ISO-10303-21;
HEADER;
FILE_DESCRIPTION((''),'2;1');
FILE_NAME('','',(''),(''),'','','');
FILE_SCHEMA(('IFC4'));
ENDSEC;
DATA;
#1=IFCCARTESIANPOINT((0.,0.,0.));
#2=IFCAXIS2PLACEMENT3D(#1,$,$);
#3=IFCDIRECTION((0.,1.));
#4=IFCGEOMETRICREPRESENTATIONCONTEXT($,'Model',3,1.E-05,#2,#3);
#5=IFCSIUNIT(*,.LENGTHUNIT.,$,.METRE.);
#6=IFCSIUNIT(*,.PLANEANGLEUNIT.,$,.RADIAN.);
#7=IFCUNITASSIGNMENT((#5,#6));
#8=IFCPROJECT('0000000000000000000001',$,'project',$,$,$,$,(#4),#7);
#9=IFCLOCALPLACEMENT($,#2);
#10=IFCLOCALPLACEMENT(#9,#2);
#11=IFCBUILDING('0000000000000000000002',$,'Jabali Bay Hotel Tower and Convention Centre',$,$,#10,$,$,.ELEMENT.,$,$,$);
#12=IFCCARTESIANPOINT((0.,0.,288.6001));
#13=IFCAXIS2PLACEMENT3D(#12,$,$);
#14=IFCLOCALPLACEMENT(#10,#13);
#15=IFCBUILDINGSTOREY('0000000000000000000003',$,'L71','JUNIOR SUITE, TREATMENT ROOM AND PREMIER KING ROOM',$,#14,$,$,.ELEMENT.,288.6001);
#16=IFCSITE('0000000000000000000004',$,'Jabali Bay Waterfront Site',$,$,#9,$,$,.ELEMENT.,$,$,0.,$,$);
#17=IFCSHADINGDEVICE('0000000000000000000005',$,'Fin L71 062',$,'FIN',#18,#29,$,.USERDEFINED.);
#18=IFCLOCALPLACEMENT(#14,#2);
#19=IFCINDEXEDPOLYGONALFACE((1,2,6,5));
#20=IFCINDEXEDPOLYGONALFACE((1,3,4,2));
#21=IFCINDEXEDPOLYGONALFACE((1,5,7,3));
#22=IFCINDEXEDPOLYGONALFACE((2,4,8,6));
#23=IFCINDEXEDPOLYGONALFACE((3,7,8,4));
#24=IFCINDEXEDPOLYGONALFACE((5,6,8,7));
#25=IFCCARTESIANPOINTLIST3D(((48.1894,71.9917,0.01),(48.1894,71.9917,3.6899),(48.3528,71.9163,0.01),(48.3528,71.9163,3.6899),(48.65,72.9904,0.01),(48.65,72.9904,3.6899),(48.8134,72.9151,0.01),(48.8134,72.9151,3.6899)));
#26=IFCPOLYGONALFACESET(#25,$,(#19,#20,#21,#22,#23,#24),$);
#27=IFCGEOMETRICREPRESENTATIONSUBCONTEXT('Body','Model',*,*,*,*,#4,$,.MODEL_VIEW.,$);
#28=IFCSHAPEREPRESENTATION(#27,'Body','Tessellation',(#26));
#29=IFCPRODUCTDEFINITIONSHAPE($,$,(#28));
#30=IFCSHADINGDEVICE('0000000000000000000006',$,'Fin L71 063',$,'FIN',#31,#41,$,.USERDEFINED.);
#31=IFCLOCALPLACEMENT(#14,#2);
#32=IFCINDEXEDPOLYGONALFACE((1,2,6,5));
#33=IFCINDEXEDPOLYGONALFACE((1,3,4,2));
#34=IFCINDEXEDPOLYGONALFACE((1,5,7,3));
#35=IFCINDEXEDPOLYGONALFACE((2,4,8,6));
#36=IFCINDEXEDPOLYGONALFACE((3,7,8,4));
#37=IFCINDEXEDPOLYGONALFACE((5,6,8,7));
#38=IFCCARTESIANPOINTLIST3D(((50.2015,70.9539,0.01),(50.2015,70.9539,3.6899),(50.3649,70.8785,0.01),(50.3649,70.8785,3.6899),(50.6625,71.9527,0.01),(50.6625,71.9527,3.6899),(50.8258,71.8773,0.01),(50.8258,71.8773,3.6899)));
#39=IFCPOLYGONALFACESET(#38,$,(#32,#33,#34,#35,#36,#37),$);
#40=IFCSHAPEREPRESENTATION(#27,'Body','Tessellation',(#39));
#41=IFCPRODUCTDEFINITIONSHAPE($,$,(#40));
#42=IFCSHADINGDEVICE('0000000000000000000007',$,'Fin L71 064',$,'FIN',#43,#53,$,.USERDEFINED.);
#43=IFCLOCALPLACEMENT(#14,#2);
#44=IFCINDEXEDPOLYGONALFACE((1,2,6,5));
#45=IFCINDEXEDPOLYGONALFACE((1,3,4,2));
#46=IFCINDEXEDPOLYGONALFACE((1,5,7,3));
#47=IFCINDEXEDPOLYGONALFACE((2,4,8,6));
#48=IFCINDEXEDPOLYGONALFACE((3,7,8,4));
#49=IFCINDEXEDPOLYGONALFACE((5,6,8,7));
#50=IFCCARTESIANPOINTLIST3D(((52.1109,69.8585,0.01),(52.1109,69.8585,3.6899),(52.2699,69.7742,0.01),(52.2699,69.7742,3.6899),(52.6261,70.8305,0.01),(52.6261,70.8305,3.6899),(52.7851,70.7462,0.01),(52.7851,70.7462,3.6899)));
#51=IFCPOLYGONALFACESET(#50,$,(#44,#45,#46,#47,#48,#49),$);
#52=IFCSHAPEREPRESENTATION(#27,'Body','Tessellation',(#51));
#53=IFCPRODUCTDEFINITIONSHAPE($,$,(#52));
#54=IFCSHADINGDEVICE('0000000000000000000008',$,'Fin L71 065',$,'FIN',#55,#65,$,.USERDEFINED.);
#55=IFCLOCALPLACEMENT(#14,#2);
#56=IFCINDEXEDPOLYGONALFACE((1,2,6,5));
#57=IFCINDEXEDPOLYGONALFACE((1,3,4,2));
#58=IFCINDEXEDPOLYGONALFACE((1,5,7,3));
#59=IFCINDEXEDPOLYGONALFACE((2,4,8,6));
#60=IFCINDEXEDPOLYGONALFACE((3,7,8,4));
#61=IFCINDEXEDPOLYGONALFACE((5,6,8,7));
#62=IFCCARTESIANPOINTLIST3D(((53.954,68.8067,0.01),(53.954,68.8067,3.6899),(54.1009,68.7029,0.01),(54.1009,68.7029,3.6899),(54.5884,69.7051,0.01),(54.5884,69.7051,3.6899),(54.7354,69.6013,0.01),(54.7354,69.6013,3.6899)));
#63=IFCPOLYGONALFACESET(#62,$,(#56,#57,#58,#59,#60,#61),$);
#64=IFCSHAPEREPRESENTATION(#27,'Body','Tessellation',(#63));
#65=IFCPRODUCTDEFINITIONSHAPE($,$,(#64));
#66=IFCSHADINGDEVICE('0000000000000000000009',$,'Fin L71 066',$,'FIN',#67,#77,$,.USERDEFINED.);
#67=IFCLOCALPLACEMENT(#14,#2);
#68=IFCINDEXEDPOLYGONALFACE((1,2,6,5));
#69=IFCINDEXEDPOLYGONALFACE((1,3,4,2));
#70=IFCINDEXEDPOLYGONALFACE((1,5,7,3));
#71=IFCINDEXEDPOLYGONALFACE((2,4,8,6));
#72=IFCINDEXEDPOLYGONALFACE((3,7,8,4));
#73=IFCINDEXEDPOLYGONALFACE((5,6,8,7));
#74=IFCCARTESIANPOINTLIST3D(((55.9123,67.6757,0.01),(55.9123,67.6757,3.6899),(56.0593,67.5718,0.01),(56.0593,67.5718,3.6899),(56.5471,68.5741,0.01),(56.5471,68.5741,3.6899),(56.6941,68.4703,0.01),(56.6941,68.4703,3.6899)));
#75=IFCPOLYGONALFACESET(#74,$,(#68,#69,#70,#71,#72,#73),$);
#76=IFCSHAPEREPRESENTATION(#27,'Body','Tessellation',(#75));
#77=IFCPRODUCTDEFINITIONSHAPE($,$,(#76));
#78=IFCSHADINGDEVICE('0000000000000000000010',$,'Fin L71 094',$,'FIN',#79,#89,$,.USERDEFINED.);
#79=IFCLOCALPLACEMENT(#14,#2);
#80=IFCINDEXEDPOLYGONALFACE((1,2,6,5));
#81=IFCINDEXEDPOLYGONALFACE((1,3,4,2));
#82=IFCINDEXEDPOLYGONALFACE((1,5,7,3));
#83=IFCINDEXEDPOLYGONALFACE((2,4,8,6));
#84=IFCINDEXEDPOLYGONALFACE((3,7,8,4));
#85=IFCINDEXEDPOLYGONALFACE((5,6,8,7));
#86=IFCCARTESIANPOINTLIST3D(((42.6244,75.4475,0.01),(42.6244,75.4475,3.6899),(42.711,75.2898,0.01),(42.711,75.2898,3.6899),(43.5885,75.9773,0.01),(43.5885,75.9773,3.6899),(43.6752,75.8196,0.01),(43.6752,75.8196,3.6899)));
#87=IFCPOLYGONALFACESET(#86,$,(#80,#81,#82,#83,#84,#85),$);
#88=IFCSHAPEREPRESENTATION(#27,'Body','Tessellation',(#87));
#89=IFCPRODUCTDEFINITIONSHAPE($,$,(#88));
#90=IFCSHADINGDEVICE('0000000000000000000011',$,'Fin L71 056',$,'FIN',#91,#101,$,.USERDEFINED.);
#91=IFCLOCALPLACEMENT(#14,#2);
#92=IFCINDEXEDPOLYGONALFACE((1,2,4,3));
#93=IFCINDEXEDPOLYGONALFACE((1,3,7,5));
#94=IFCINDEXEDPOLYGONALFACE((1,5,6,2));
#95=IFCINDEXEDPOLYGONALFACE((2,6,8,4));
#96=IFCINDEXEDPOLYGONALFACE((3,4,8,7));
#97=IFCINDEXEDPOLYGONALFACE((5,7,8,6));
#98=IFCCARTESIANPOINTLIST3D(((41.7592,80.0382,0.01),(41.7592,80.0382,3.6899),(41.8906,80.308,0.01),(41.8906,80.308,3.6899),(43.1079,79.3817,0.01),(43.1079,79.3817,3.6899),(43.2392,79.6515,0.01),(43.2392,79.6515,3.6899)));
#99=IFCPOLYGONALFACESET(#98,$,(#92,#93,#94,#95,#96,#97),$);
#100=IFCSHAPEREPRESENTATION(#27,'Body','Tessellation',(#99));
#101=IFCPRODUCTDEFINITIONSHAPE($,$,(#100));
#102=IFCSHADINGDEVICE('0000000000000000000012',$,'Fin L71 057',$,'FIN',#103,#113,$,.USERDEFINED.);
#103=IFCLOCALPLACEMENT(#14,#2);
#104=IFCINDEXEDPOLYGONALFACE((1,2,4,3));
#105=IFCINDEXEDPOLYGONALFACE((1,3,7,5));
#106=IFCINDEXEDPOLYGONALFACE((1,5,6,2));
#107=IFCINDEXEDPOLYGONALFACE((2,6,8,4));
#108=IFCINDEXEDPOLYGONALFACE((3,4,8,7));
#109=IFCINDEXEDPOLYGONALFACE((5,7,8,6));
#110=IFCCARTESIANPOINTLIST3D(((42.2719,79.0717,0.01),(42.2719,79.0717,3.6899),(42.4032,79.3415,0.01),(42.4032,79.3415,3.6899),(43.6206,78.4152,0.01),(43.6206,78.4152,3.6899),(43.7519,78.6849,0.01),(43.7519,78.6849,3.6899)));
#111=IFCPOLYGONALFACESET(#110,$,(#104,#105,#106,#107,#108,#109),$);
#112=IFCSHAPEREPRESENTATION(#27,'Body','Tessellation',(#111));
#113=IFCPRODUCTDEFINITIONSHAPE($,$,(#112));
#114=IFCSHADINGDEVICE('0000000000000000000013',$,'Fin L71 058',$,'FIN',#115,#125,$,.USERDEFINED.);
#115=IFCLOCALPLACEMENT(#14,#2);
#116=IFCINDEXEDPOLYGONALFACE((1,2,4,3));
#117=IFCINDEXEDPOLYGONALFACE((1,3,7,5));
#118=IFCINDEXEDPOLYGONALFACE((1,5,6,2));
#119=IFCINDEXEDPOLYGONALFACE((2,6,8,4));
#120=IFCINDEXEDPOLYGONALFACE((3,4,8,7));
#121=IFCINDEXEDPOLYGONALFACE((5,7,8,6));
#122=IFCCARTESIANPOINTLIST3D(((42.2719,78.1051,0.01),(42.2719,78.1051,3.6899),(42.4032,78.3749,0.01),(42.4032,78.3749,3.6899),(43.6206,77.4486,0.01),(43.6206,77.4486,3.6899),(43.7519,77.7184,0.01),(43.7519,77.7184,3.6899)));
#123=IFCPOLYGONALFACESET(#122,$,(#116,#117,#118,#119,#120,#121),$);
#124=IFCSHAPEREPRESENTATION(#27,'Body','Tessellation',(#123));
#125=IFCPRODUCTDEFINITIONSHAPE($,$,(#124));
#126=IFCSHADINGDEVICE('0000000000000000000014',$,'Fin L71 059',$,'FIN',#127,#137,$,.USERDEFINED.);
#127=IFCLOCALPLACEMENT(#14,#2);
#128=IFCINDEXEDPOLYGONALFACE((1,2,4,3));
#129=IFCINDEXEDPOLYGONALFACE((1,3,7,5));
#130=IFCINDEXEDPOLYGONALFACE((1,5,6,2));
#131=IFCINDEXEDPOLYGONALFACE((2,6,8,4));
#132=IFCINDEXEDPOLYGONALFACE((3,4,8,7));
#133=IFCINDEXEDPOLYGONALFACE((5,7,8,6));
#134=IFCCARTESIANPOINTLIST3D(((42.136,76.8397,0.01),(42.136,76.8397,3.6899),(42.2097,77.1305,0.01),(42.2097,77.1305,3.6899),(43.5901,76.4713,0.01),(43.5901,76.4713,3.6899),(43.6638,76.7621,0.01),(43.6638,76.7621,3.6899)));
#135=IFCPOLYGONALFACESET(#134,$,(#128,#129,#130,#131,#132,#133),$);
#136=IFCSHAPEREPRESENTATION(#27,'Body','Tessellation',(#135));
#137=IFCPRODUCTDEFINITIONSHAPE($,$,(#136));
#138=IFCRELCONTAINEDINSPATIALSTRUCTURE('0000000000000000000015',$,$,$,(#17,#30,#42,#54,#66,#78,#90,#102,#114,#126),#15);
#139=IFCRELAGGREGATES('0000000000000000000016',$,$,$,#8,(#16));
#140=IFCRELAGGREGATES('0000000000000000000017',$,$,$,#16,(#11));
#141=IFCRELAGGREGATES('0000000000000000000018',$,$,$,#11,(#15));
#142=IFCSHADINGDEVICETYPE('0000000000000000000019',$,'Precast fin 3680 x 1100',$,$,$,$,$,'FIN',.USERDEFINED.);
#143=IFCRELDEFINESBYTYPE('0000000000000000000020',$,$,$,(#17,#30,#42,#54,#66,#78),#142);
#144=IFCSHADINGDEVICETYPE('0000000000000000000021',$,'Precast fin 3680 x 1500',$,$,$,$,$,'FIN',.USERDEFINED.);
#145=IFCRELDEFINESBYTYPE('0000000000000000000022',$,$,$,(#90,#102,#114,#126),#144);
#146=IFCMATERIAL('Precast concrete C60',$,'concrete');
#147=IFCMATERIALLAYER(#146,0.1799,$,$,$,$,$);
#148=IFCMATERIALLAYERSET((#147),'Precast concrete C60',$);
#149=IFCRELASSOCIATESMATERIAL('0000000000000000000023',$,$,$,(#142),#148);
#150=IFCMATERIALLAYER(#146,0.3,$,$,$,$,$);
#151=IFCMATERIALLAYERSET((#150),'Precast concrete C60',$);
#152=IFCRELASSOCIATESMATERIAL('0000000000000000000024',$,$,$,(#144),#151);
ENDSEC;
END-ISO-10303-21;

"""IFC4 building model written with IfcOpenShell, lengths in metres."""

from ifc_helpers import new_model, si_unit, direction, frame, frame_2d, origin, place, context, subcontext, project, spatial, rectangle, extrude, material, layer, layer_set, type_object, element, save


model = new_model("IFC4")

# Units and contexts
model_context = context("Model", 3, precision=1e-05, world=origin(), true_north=direction((0.0, 1.0)))
body_context = subcontext(model_context, "Body", "Model", "MODEL_VIEW")
ifc_project = project(units=[si_unit("LENGTHUNIT", "METRE"), si_unit("PLANEANGLEUNIT", "RADIAN")], contexts=[model_context])

# Site, building, storey
site_placement = place(None, origin())
site = spatial("IfcSite", under=ifc_project, at=site_placement, Name="Jabali Bay Waterfront Site", CompositionType="ELEMENT", RefElevation=0.0)
building_placement = place(site_placement, origin())
building = spatial("IfcBuilding", under=site, at=building_placement, Name="Jabali Bay Hotel Tower and Convention Centre", CompositionType="ELEMENT")
storey_placement = place(building_placement, frame((0.0, 0.0, 288.6001)))
storey = spatial("IfcBuildingStorey", under=building, at=storey_placement, Name="L71", Description="JUNIOR SUITE, TREATMENT ROOM AND PREMIER KING ROOM", CompositionType="ELEMENT", Elevation=288.6001)

# Shading devices
ifc_material_1 = material(Name="Precast concrete C60", Category="concrete")
ifc_layer_1 = layer(ifc_material_1, 0.1799)
ifc_layer_set_1 = layer_set([ifc_layer_1], Name="Precast concrete C60")
shading_device_type_1 = type_object("IfcShadingDeviceType", Name="Precast fin 3680 x 1100", ElementType="FIN", PredefinedType="USERDEFINED", material=ifc_layer_set_1)
shading_device_1_placement = place(storey_placement, frame((48.7317, 72.9526, 0.01), z_axis=(0.0, 0.0, 1.0), x_axis=(-0.418847, -0.908057, 0.0)))
element("IfcShadingDevice", 1, at=shading_device_1_placement, inside=storey, type_object=shading_device_type_1, Name="Fin L71 062", ObjectType="FIN", PredefinedType="USERDEFINED", context=body_context, shape_type="SweptSolid", body=[
    extrude(rectangle(XDim=1.0999, YDim=0.1799, at=frame_2d((0.5498, 0.0))), origin(), (0.0, 0.0, 1.0), 3.6799),
])
for number, where, z_axis, x_axis, name in (
    (2, (50.7441, 71.915, 0.01), (0.0, 0.0, 1.0), (-0.41903, -0.907972, 0.0), "Fin L71 063"),
    (3, (52.7056, 70.7883, 0.01), (0.0, 0.0, 1.0), (-0.468306, -0.883566, 0.0), "Fin L71 064"),
):
    element("IfcShadingDevice", number, at=place(storey_placement, frame(where, z_axis=z_axis, x_axis=x_axis)), inside=storey, type_object=shading_device_type_1, Name=name, ObjectType="FIN", PredefinedType="USERDEFINED", context=body_context, shape_type="SweptSolid", body=[
        extrude(rectangle(XDim=1.1001, YDim=0.1799, at=frame_2d((0.55, 0.0))), origin(), (0.0, 0.0, 1.0), 3.6799),
    ])
shading_device_2_placement = place(storey_placement, frame((54.6619, 69.6531, 0.01), z_axis=(0.0, 0.0, 1.0), x_axis=(-0.576884, -0.816826, 0.0)))
element("IfcShadingDevice", 4, at=shading_device_2_placement, inside=storey, type_object=shading_device_type_1, Name="Fin L71 065", ObjectType="FIN", PredefinedType="USERDEFINED", context=body_context, shape_type="SweptSolid", body=[
    extrude(rectangle(XDim=1.0999, YDim=0.1799, at=frame_2d((0.5498, 0.0))), origin(), (0.0, 0.0, 1.0), 3.6799),
])
for number, where, z_axis, x_axis, name in (
    (5, (56.6206, 68.5222, 0.01), (0.0, 0.0, 1.0), (-0.577032, -0.816722, 0.0), "Fin L71 066"),
    (6, (43.6318, 75.8984, 0.01), (0.0, 0.0, 1.0), (-0.876399, -0.481586, 0.0), "Fin L71 094"),
):
    element("IfcShadingDevice", number, at=place(storey_placement, frame(where, z_axis=z_axis, x_axis=x_axis)), inside=storey, type_object=shading_device_type_1, Name=name, ObjectType="FIN", PredefinedType="USERDEFINED", context=body_context, shape_type="SweptSolid", body=[
        extrude(rectangle(XDim=1.1001, YDim=0.1799, at=frame_2d((0.55, 0.0))), origin(), (0.0, 0.0, 1.0), 3.6799),
    ])
ifc_layer_2 = layer(ifc_material_1, 0.3)
ifc_layer_set_2 = layer_set([ifc_layer_2], Name="Precast concrete C60")
shading_device_type_2 = type_object("IfcShadingDeviceType", Name="Precast fin 3680 x 1500", ElementType="FIN", PredefinedType="USERDEFINED", material=ifc_layer_set_2)
for number, where, z_axis, x_axis, name in (
    (7, (43.1736, 79.5166, 0.01), (0.0, 0.0, 1.0), (-0.899129, 0.437683, 0.0), "Fin L71 056"),
    (8, (43.6863, 78.55, 0.01), (0.0, 0.0, 1.0), (-0.899129, 0.437683, 0.0), "Fin L71 057"),
    (9, (43.6863, 77.5835, 0.01), (0.0, 0.0, 1.0), (-0.899129, 0.437683, 0.0), "Fin L71 058"),
    (10, (43.627, 76.6167, 0.01), (0.0, 0.0, 1.0), (-0.969372, 0.245598, 0.0), "Fin L71 059"),
):
    element("IfcShadingDevice", number, at=place(storey_placement, frame(where, z_axis=z_axis, x_axis=x_axis)), inside=storey, type_object=shading_device_type_2, Name=name, ObjectType="FIN", PredefinedType="USERDEFINED", context=body_context, shape_type="SweptSolid", body=[
        extrude(rectangle(XDim=1.5, YDim=0.3, at=frame_2d((0.75, 0.0))), origin(), (0.0, 0.0, 1.0), 3.6799),
    ])

save(model, "model.ifc")
